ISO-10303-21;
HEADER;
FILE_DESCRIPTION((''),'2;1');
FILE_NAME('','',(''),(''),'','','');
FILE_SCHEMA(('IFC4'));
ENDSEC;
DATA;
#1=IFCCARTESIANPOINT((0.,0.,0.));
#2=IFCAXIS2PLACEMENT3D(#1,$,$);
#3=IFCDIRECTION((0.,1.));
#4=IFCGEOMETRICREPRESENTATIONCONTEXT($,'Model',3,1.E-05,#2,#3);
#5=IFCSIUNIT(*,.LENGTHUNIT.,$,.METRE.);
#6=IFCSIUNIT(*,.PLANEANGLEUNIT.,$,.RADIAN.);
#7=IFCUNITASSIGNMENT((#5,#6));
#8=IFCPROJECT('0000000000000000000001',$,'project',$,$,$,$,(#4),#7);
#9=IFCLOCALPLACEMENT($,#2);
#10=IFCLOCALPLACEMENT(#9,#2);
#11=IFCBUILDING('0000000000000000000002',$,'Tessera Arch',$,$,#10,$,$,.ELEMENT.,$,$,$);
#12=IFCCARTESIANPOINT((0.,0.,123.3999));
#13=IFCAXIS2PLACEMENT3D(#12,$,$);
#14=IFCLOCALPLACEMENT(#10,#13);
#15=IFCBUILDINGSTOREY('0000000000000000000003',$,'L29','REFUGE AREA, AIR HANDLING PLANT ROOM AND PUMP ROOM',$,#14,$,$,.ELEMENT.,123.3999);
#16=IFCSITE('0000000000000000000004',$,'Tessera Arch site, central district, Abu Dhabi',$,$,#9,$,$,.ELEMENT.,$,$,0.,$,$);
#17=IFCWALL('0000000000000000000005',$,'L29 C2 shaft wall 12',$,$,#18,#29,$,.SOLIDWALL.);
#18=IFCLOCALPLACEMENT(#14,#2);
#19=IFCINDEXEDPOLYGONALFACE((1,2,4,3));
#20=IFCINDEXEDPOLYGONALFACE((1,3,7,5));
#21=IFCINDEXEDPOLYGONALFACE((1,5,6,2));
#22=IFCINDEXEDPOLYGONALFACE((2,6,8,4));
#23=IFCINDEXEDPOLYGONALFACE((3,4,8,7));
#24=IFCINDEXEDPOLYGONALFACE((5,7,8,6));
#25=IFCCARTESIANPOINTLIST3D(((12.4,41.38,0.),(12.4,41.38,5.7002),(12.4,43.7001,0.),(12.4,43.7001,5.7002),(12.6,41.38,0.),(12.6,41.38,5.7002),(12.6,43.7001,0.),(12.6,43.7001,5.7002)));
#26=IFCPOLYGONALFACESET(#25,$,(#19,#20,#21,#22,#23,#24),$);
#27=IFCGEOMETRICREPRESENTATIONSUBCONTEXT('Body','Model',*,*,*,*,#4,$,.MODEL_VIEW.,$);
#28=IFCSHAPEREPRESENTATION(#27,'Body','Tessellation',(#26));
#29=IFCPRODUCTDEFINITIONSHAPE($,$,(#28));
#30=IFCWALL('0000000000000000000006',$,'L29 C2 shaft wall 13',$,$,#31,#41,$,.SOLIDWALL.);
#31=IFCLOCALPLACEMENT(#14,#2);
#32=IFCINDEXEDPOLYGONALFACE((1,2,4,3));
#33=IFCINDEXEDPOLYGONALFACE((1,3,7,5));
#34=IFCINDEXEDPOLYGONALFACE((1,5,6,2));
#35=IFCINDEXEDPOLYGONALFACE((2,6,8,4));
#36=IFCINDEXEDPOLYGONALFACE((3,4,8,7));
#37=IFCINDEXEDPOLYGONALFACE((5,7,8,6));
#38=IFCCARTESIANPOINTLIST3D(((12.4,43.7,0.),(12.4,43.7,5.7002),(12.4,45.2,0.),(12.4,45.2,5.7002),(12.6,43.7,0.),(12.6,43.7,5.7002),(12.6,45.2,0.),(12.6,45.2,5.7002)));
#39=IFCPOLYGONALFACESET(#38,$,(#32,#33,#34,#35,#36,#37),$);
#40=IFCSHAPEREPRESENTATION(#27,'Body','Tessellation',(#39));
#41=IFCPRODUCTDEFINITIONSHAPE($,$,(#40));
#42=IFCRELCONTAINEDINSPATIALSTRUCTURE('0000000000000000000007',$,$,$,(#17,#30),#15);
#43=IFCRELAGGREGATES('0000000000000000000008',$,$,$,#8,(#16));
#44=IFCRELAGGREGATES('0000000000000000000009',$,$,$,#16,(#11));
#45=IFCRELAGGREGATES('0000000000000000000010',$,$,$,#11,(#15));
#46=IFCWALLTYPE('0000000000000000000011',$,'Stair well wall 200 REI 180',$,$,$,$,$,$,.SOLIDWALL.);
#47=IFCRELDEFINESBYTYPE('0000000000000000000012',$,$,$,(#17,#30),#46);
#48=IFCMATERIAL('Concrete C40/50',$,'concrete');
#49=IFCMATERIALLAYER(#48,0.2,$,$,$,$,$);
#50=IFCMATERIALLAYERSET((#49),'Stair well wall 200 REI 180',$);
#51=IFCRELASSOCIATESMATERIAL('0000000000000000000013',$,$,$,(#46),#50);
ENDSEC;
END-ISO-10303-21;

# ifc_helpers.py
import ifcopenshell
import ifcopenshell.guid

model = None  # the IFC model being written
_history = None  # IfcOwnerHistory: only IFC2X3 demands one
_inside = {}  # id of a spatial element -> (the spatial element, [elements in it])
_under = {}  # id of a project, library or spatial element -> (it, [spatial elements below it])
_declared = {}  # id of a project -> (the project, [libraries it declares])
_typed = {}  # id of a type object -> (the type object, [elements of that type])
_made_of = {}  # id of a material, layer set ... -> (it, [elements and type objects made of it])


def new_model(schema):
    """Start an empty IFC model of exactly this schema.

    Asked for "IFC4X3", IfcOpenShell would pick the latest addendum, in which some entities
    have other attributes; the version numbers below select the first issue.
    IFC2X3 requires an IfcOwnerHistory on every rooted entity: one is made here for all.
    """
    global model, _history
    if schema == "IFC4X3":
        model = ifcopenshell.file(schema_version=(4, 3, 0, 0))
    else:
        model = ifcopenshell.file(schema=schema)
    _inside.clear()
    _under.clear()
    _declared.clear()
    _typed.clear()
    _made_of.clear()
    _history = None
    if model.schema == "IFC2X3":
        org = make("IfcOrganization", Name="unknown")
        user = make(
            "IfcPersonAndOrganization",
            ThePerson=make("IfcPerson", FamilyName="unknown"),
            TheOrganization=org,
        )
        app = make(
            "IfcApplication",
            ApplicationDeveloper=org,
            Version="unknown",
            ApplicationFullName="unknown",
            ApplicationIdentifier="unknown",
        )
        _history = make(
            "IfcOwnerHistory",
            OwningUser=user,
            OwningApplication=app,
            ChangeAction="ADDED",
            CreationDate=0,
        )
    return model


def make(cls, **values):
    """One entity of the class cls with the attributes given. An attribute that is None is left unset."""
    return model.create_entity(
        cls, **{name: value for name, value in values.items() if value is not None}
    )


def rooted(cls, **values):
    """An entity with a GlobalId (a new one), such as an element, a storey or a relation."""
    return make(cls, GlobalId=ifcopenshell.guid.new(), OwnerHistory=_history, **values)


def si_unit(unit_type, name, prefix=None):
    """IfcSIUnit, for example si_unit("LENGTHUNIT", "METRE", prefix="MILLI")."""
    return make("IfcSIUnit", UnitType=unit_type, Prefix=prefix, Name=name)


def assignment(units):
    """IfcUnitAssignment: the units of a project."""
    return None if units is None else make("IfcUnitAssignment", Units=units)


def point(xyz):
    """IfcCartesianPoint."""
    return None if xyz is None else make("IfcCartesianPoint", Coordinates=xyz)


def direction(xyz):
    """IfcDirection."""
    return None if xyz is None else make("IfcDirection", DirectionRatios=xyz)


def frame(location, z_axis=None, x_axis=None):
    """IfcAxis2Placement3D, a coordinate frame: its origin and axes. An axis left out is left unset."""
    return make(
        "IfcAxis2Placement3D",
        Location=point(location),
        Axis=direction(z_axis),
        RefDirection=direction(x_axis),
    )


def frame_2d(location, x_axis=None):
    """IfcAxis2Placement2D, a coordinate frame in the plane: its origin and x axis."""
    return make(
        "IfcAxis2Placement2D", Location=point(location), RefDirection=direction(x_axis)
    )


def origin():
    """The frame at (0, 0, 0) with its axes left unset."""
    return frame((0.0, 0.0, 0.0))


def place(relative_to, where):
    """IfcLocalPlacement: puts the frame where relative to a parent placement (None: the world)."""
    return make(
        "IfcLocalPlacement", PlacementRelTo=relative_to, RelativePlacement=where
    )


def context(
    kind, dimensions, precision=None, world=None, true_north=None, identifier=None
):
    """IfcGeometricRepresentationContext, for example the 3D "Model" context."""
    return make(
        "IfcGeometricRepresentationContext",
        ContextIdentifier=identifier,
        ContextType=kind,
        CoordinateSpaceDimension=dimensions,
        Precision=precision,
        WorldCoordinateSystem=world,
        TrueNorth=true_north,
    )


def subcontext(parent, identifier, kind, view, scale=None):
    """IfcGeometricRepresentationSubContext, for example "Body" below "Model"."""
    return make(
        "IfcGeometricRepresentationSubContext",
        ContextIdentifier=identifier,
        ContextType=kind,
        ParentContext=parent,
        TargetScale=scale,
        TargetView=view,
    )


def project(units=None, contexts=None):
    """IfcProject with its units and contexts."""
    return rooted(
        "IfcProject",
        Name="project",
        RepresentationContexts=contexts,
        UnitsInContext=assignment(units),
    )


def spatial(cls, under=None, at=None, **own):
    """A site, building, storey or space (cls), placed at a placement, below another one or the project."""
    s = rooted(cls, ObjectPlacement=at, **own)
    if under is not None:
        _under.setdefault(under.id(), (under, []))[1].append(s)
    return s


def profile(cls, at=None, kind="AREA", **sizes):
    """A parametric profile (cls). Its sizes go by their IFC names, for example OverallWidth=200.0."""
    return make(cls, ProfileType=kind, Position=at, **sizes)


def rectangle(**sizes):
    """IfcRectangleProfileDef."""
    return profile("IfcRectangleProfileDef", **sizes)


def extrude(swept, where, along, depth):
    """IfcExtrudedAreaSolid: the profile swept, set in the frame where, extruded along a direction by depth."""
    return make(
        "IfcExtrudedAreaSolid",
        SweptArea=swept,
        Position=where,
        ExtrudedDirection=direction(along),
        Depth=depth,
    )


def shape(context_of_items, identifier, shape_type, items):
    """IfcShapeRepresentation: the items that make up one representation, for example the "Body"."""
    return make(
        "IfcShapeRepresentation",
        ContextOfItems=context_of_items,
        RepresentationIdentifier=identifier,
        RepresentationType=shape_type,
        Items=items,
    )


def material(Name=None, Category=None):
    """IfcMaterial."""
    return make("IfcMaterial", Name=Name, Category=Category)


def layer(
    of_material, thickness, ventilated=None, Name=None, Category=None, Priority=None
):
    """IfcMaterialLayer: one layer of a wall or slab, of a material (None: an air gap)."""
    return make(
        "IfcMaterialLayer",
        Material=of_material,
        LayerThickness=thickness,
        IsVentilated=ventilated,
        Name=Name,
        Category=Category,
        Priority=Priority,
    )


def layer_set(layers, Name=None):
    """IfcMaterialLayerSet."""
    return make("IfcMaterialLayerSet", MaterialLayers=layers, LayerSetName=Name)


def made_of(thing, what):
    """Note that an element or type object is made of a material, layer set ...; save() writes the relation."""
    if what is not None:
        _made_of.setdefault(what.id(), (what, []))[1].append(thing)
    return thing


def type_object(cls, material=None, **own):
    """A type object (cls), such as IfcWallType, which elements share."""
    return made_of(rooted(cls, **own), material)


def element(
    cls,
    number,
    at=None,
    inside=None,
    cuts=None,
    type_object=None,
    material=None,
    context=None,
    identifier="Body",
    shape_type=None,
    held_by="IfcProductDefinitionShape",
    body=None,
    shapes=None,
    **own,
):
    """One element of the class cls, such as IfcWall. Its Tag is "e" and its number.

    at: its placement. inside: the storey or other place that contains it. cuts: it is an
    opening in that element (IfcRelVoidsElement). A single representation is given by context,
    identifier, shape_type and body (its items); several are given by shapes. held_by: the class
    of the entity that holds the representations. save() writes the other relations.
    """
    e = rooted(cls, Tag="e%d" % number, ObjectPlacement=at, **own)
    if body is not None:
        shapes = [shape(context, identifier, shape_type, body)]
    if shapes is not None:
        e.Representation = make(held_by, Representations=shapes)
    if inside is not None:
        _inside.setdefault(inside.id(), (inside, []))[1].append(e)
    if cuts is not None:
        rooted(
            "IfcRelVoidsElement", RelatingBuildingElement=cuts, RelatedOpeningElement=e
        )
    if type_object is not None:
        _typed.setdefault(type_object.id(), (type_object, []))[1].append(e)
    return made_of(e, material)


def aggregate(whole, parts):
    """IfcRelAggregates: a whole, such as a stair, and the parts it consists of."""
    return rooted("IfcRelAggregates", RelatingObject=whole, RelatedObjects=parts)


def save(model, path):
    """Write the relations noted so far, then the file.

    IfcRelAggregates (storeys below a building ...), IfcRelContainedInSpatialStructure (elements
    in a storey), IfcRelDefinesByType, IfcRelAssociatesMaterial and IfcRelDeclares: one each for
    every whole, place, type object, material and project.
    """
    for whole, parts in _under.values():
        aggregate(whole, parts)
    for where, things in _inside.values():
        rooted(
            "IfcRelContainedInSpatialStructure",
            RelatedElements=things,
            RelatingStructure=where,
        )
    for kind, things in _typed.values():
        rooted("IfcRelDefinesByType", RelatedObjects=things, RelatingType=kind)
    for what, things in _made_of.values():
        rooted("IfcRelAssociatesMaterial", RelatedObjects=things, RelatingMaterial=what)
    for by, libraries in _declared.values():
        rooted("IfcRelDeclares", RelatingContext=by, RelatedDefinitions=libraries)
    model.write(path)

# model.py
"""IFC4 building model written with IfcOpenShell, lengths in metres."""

from ifc_helpers import new_model, si_unit, direction, frame, frame_2d, origin, place, context, subcontext, project, spatial, rectangle, extrude, material, layer, layer_set, type_object, element, save


model = new_model("IFC4")

# Units and contexts
model_context = context("Model", 3, precision=1e-05, world=origin(), true_north=direction((0.0, 1.0)))
body_context = subcontext(model_context, "Body", "Model", "MODEL_VIEW")
ifc_project = project(units=[si_unit("LENGTHUNIT", "METRE"), si_unit("PLANEANGLEUNIT", "RADIAN")], contexts=[model_context])

# Site, building, storey
site_placement = place(None, origin())
site = spatial("IfcSite", under=ifc_project, at=site_placement, Name="Tessera Arch site, central district, Abu Dhabi", CompositionType="ELEMENT", RefElevation=0.0)
building_placement = place(site_placement, origin())
building = spatial("IfcBuilding", under=site, at=building_placement, Name="Tessera Arch", CompositionType="ELEMENT")
storey_placement = place(building_placement, frame((0.0, 0.0, 123.3999)))
storey = spatial("IfcBuildingStorey", under=building, at=storey_placement, Name="L29", Description="REFUGE AREA, AIR HANDLING PLANT ROOM AND PUMP ROOM", CompositionType="ELEMENT", Elevation=123.3999)

# Walls
ifc_material_1 = material(Name="Concrete C40/50", Category="concrete")
ifc_layer_1 = layer(ifc_material_1, 0.2)
ifc_layer_set_1 = layer_set([ifc_layer_1], Name="Stair well wall 200 REI 180")
wall_type_1 = type_object("IfcWallType", Name="Stair well wall 200 REI 180", PredefinedType="SOLIDWALL", material=ifc_layer_set_1)
wall_1_placement = place(storey_placement, frame((12.5, 41.3799, 0.0), z_axis=(0.0, 0.0, 1.0), x_axis=(0.0, 1.0, 0.0)))
element("IfcWall", 1, at=wall_1_placement, inside=storey, type_object=wall_type_1, Name="L29 C2 shaft wall 12", PredefinedType="SOLIDWALL", context=body_context, shape_type="SweptSolid", body=[
    extrude(rectangle(XDim=2.3201, YDim=0.2, at=frame_2d((1.1602, 0.0))), origin(), (0.0, 0.0, 1.0), 5.7002),
])
wall_2_placement = place(storey_placement, frame((12.5, 43.7, 0.0), z_axis=(0.0, 0.0, 1.0), x_axis=(0.0, 1.0, 0.0)))
element("IfcWall", 2, at=wall_2_placement, inside=storey, type_object=wall_type_1, Name="L29 C2 shaft wall 13", PredefinedType="SOLIDWALL", context=body_context, shape_type="SweptSolid", body=[
    extrude(rectangle(XDim=1.5, YDim=0.2, at=frame_2d((0.75, 0.0))), origin(), (0.0, 0.0, 1.0), 5.7002),
])

save(model, "model.ifc")
